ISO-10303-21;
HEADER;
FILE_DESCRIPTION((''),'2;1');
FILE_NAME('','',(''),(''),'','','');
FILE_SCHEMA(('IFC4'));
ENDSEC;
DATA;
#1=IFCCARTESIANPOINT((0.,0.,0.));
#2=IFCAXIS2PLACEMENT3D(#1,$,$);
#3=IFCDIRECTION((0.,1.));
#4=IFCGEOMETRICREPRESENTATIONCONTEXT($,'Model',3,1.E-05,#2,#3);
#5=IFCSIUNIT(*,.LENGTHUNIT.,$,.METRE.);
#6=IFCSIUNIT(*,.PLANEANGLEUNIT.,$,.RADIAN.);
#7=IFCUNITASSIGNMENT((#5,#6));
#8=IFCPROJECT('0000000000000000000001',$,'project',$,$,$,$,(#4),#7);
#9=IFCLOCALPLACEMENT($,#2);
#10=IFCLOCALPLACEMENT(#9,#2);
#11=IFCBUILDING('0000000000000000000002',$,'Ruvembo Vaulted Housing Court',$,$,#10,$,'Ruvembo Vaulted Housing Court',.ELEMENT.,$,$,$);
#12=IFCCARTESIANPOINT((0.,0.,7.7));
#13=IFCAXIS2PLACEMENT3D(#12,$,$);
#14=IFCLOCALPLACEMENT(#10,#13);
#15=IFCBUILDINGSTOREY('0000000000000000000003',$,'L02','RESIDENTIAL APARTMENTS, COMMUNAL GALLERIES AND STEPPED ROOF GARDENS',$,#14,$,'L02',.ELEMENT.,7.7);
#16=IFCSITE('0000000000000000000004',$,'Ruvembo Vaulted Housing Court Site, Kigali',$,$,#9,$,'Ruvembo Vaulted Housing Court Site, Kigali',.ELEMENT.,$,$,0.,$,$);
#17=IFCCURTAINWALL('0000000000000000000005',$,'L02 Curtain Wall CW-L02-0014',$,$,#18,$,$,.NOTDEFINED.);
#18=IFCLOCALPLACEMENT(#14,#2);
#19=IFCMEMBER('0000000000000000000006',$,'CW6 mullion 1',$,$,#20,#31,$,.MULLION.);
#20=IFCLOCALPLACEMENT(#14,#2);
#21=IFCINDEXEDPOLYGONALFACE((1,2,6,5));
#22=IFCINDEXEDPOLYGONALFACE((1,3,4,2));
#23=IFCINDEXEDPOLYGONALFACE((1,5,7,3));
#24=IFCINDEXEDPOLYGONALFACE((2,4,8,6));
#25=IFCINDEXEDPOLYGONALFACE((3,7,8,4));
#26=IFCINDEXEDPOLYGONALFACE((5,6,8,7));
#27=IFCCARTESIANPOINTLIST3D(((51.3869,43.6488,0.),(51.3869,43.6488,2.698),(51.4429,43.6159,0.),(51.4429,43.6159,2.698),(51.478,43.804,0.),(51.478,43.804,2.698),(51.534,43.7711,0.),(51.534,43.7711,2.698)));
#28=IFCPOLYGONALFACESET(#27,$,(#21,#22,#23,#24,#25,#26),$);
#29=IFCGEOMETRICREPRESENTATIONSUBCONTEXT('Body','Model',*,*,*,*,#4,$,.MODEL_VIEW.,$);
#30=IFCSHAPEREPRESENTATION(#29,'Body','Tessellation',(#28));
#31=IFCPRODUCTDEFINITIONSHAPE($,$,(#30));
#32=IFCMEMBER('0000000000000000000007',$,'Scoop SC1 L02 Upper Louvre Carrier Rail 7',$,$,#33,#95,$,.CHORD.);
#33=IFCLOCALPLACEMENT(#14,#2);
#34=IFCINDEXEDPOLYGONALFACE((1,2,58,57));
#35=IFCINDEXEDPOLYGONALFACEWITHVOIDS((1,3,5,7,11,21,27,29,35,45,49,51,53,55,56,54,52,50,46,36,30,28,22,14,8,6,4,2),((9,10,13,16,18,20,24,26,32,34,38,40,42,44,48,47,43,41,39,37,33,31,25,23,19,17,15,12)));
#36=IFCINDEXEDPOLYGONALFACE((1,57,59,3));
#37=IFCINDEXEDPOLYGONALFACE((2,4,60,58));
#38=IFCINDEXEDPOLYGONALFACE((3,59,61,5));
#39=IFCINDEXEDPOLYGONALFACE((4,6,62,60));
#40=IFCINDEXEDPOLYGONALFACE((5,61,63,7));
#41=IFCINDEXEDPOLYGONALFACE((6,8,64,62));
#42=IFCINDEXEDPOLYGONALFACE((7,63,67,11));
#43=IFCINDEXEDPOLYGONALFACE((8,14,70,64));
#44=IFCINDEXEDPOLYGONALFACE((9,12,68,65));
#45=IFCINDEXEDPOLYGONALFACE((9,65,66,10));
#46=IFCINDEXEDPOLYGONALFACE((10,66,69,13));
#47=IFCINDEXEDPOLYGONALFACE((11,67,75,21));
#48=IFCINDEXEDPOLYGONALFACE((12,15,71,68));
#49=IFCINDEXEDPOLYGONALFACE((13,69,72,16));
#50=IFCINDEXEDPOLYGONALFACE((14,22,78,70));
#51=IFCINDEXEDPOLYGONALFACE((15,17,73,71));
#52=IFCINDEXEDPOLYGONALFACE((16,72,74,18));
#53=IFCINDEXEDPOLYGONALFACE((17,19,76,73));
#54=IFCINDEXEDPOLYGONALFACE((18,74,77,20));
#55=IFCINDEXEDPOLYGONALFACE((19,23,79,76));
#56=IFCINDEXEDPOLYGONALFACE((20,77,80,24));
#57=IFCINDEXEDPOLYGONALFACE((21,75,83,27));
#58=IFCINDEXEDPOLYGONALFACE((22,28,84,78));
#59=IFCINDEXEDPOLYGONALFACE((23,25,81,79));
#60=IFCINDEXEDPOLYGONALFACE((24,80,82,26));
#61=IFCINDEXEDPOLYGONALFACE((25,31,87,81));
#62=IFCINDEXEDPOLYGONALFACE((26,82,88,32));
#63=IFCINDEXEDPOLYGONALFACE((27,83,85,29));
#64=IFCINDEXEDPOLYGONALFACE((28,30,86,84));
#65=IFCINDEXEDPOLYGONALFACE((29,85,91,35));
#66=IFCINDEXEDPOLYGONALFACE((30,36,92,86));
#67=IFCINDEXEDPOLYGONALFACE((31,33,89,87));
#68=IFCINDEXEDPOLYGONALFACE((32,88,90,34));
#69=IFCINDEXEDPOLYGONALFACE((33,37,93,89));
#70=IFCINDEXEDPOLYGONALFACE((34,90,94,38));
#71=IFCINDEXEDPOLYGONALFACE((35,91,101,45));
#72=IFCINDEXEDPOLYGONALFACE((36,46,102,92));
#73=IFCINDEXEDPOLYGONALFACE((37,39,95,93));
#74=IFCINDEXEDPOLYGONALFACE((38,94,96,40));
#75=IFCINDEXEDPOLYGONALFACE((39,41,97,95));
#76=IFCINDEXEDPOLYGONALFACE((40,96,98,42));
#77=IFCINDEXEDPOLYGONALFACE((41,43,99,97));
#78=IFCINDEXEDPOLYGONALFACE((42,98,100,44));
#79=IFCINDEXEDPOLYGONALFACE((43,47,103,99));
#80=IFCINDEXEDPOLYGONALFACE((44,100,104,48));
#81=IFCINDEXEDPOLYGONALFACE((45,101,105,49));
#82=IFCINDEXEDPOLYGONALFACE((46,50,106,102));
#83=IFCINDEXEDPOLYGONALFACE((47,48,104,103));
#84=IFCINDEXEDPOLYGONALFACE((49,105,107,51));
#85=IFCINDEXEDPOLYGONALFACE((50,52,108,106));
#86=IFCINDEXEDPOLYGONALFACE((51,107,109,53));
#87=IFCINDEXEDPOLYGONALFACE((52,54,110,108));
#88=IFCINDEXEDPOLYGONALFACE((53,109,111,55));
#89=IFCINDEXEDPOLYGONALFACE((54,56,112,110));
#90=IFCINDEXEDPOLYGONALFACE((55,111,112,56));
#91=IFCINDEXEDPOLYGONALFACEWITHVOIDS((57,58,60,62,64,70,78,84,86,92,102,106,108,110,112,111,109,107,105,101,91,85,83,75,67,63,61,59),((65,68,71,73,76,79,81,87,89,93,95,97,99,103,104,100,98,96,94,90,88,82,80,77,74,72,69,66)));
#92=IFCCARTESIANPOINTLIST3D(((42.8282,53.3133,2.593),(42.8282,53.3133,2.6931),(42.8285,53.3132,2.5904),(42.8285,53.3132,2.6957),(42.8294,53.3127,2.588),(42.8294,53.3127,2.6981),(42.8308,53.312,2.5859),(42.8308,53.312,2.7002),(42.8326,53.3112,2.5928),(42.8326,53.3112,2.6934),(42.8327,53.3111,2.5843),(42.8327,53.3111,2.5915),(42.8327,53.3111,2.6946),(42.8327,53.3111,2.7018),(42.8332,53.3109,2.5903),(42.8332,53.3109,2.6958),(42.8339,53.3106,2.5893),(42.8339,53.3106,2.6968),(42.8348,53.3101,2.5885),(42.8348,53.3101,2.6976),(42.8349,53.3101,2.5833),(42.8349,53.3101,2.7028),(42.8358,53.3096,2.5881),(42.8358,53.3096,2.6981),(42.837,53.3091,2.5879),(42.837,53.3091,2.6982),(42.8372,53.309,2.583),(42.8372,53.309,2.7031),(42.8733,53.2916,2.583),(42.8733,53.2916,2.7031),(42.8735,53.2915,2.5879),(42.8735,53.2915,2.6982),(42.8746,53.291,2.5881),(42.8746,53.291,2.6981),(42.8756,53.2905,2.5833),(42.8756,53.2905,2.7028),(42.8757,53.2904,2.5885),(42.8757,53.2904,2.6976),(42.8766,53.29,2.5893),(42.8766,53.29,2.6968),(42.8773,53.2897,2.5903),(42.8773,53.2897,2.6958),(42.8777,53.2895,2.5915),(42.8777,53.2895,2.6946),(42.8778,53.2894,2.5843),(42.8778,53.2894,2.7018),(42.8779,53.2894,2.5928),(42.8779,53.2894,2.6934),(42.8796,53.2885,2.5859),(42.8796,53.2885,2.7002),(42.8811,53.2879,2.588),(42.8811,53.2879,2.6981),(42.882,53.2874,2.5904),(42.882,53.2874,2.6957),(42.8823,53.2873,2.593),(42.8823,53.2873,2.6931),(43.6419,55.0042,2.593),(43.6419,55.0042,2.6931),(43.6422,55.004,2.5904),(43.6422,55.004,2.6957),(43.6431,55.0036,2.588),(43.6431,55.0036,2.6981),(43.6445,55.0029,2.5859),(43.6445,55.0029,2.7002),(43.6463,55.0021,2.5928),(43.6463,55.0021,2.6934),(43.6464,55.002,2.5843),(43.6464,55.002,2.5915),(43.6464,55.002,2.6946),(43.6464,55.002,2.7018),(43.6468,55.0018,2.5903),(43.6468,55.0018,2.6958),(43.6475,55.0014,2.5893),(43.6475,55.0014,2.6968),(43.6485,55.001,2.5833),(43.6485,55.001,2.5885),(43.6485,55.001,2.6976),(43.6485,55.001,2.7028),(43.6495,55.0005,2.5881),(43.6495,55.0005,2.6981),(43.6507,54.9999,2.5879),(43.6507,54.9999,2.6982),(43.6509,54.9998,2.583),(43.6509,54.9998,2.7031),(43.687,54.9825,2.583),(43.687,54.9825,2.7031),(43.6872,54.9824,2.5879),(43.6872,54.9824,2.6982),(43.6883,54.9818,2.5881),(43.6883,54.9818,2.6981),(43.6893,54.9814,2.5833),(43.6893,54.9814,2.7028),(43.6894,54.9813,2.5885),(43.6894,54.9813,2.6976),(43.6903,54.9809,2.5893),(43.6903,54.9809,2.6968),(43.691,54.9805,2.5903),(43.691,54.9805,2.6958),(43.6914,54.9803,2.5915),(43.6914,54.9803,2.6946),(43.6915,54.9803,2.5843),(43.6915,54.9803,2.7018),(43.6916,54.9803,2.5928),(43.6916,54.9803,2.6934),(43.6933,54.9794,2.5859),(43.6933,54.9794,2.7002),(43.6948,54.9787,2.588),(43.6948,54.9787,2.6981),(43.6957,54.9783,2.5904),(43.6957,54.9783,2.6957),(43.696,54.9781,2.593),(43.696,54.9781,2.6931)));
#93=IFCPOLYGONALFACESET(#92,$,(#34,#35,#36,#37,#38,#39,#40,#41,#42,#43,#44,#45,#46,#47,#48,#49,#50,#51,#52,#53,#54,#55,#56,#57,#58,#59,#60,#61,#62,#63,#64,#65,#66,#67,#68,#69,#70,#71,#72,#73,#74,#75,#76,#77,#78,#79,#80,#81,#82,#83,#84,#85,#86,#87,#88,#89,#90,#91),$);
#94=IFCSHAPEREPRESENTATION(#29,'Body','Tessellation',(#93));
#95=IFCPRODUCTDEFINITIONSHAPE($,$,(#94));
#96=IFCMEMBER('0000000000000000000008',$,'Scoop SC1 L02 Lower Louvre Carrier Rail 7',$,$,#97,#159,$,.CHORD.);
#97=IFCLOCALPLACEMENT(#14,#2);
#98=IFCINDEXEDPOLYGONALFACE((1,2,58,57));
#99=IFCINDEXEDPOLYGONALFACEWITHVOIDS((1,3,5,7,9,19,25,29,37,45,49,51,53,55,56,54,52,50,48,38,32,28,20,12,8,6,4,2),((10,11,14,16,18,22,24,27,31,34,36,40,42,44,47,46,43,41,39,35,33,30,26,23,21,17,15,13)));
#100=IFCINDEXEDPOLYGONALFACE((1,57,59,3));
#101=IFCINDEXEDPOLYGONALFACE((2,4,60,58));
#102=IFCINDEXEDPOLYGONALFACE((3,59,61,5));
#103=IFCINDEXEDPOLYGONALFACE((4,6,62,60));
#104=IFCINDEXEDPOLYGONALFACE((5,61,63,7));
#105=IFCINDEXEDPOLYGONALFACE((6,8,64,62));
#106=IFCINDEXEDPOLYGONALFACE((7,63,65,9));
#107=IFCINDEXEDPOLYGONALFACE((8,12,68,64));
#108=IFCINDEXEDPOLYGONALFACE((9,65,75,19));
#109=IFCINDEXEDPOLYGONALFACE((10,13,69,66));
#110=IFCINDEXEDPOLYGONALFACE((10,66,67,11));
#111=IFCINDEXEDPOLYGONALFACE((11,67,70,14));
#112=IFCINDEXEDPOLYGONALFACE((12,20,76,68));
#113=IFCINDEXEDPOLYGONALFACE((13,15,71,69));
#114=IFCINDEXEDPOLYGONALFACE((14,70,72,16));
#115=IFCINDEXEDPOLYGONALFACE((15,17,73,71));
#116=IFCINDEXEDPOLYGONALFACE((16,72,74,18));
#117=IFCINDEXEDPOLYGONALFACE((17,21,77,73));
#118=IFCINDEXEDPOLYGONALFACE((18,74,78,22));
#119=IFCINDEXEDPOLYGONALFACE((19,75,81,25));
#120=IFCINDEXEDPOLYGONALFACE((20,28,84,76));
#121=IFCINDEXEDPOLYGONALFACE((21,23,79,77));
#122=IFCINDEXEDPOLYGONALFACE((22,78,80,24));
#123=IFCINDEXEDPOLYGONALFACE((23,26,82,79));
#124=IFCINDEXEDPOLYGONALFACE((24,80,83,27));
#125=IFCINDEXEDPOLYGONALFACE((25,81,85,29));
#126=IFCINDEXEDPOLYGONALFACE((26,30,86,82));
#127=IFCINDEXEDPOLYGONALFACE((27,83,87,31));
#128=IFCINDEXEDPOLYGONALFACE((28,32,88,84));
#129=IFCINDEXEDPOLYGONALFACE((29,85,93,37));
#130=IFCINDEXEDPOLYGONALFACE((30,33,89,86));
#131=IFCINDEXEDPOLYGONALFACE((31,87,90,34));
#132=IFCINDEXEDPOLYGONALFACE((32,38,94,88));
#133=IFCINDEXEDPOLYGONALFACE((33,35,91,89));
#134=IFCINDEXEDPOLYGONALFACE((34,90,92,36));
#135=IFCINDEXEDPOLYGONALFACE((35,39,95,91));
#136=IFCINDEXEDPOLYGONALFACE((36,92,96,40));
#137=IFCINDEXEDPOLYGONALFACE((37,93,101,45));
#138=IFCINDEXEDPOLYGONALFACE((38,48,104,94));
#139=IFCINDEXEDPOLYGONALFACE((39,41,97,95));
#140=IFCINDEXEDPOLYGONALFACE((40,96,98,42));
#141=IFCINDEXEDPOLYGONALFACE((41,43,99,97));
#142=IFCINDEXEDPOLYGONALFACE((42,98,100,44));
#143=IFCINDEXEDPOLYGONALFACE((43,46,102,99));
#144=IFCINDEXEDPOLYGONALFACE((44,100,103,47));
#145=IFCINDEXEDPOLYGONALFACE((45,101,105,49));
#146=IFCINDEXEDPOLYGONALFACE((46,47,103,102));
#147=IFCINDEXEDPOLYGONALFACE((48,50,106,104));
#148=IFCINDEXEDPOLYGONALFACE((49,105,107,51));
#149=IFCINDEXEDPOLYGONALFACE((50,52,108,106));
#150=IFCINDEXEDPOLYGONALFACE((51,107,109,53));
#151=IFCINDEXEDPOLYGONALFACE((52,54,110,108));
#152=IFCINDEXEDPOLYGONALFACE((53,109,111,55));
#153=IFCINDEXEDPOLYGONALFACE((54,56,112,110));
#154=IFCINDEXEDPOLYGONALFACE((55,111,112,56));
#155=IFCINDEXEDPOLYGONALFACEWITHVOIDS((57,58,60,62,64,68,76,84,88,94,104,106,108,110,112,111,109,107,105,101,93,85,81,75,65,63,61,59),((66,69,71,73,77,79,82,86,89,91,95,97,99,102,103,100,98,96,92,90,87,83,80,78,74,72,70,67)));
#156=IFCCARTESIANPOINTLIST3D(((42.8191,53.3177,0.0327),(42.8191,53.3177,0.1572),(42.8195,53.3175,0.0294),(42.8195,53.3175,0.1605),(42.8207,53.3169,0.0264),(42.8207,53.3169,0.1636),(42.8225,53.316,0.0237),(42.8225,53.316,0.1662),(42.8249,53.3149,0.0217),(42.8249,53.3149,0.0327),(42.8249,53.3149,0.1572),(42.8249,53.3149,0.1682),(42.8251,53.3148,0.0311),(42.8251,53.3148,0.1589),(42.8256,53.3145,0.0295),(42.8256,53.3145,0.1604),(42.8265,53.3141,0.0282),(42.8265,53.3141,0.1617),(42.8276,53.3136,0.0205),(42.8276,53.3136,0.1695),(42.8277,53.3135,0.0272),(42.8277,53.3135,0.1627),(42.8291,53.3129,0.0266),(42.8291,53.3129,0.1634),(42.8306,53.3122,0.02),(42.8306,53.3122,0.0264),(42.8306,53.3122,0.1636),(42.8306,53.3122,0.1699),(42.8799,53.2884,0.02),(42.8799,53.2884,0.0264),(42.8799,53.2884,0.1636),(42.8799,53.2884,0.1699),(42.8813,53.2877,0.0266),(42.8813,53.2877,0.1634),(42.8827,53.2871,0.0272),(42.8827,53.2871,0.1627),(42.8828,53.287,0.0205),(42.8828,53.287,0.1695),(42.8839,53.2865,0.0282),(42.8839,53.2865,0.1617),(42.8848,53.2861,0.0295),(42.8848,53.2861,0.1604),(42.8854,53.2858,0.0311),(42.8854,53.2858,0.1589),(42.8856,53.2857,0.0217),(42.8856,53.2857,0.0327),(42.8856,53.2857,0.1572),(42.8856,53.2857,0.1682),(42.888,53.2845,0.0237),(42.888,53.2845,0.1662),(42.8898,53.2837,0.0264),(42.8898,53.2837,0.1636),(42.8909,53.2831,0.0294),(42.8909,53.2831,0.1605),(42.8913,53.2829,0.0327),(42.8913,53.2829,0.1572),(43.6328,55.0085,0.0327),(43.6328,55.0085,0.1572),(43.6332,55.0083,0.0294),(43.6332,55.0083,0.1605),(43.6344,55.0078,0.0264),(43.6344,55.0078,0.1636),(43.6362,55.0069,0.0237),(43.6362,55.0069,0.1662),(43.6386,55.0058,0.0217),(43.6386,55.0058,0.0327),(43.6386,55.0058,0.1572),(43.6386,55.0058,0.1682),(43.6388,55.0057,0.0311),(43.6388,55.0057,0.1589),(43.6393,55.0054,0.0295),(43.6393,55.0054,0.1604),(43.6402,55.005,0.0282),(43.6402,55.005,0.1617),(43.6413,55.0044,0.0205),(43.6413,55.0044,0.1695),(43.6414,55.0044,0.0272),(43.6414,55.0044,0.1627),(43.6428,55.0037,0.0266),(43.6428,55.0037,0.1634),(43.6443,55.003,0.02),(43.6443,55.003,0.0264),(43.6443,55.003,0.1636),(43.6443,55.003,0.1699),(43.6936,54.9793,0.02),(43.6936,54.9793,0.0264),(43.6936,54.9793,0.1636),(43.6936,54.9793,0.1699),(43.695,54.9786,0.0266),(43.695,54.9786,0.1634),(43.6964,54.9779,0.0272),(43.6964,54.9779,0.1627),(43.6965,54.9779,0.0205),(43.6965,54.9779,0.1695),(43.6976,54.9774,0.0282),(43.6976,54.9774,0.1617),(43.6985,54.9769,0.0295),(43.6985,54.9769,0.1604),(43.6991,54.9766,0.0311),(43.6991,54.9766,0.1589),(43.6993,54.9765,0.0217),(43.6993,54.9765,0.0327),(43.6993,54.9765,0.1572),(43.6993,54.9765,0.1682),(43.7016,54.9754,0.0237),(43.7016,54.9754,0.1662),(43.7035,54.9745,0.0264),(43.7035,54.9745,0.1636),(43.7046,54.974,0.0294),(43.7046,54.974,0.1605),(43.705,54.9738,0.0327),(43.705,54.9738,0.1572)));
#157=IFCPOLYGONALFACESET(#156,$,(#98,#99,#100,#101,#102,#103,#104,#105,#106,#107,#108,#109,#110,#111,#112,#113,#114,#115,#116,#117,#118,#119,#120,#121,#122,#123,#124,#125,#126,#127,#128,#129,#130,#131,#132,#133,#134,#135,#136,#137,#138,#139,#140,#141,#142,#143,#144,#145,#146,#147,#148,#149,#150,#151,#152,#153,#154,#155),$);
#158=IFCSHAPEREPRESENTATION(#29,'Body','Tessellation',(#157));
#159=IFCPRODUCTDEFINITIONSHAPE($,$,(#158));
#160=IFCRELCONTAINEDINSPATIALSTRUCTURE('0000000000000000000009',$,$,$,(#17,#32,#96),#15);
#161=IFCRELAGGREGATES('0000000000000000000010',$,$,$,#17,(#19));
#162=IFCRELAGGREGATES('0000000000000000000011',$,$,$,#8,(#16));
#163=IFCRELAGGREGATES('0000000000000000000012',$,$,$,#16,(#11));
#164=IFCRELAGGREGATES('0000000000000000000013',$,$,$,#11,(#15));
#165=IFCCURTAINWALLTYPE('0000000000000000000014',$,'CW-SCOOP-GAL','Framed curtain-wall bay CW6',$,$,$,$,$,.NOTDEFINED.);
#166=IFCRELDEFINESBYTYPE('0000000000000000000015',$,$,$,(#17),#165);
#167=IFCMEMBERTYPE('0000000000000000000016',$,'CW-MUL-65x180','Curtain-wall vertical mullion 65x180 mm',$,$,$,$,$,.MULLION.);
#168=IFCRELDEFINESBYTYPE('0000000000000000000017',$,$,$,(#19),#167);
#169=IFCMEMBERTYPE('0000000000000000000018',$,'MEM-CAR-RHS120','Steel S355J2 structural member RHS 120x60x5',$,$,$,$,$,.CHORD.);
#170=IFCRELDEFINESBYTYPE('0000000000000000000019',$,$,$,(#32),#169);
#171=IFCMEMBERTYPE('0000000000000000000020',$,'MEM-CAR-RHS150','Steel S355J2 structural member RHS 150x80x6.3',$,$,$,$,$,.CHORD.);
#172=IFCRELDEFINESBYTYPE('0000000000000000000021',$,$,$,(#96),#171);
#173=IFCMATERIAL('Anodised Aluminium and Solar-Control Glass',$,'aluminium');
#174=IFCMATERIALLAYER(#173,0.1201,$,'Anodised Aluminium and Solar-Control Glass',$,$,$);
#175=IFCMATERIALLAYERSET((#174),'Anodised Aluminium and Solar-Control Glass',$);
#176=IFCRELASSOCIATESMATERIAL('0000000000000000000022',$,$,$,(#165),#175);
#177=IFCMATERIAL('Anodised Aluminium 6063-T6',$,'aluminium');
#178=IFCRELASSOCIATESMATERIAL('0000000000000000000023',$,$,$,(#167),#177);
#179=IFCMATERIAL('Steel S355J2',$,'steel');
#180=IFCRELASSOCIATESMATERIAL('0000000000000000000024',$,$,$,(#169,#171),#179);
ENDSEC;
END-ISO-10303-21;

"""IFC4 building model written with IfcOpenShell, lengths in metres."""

from ifc_helpers import new_model, si_unit, direction, frame, origin, origin_2d, place, context, subcontext, project, spatial, rectangle, hollow_rectangle, extrude, material, layer, layer_set, material_profile, profile_set, type_object, element, aggregate, save


model = new_model("IFC4")

# Units and contexts
model_context = context("Model", 3, precision=1e-05, world=origin(), true_north=direction((0.0, 1.0)))
body_context = subcontext(model_context, "Body", "Model", "MODEL_VIEW")
ifc_project = project(units=[si_unit("LENGTHUNIT", "METRE"), si_unit("PLANEANGLEUNIT", "RADIAN")], contexts=[model_context])

# Site, building, storey
site_placement = place(None, origin())
site = spatial("IfcSite", under=ifc_project, at=site_placement, Name="Ruvembo Vaulted Housing Court Site, Kigali", LongName="Ruvembo Vaulted Housing Court Site, Kigali", CompositionType="ELEMENT", RefElevation=0.0)
building_placement = place(site_placement, origin())
building = spatial("IfcBuilding", under=site, at=building_placement, Name="Ruvembo Vaulted Housing Court", LongName="Ruvembo Vaulted Housing Court", CompositionType="ELEMENT")
storey_placement = place(building_placement, frame((0.0, 0.0, 7.7)))
storey = spatial("IfcBuildingStorey", under=building, at=storey_placement, Name="L02", Description="RESIDENTIAL APARTMENTS, COMMUNAL GALLERIES AND STEPPED ROOF GARDENS", LongName="L02", CompositionType="ELEMENT", Elevation=7.7)

# Shared definitions
ifc_material_1 = material(Name="Steel S355J2", Category="steel")

# Curtain wall, member
ifc_material_2 = material(Name="Anodised Aluminium and Solar-Control Glass", Category="aluminium")
ifc_layer_1 = layer(ifc_material_2, 0.1201, Name="Anodised Aluminium and Solar-Control Glass")
ifc_layer_set_1 = layer_set([ifc_layer_1], Name="Anodised Aluminium and Solar-Control Glass")
curtain_wall_type = type_object("IfcCurtainWallType", Name="CW-SCOOP-GAL", Description="Framed curtain-wall bay CW6", PredefinedType="NOTDEFINED", material=ifc_layer_set_1)
curtain_wall_placement = place(storey_placement, origin())
curtain_wall = element("IfcCurtainWall", 1, at=curtain_wall_placement, inside=storey, type_object=curtain_wall_type, Name="L02 Curtain Wall CW-L02-0014", PredefinedType="NOTDEFINED")
ifc_material_3 = material(Name="Anodised Aluminium 6063-T6", Category="aluminium")
ifc_material_profile_1 = material_profile(ifc_material_3, rectangle(XDim=0.0649, YDim=0.1799, at=origin_2d()), Name="ALU 65x180")
ifc_profile_set_1 = profile_set([ifc_material_profile_1], Name="Anodised Aluminium 6063-T6")
member_type_1 = type_object("IfcMemberType", Name="CW-MUL-65x180", Description="Curtain-wall vertical mullion 65x180 mm", PredefinedType="MULLION", material=ifc_profile_set_1)
member_1_placement = place(storey_placement, frame((51.4604, 43.71, 0.0), z_axis=(0.0, 0.0, 1.0), x_axis=(-0.862606, 0.505877, 0.0)))
member_1 = element("IfcMember", 2, at=member_1_placement, type_object=member_type_1, Name="CW6 mullion 1", PredefinedType="MULLION", context=body_context, shape_type="SweptSolid", body=[
    extrude(rectangle(XDim=0.0649, YDim=0.1799, at=origin_2d()), origin(), (0.0, 0.0, 1.0), 2.698),
])
aggregate(curtain_wall, [member_1])

# Members
ifc_material_profile_2 = material_profile(ifc_material_1, hollow_rectangle(XDim=0.0601, YDim=0.1201, WallThickness=0.0049, InnerFilletRadius=0.0049, OuterFilletRadius=0.01, at=origin_2d()), Name="RHS 120x60x5")
ifc_profile_set_2 = profile_set([ifc_material_profile_2], Name="Steel S355J2")
member_type_2 = type_object("IfcMemberType", Name="MEM-CAR-RHS120", Description="Steel S355J2 structural member RHS 120x60x5", PredefinedType="CHORD", material=ifc_profile_set_2)
member_2_placement = place(storey_placement, frame((42.8552, 53.3003, 2.6431), z_axis=(0.433632, 0.90109, 0.0), x_axis=(-0.90109, 0.433632, 0.0)))
element("IfcMember", 3, at=member_2_placement, inside=storey, type_object=member_type_2, Name="Scoop SC1 L02 Upper Louvre Carrier Rail 7", PredefinedType="CHORD", context=body_context, shape_type="SweptSolid", body=[
    extrude(hollow_rectangle(XDim=0.0601, YDim=0.1201, WallThickness=0.0049, InnerFilletRadius=0.0049, OuterFilletRadius=0.01, at=origin_2d()), origin(), (0.0, 0.0, 1.0), 1.8765),
])
ifc_material_profile_3 = material_profile(ifc_material_1, hollow_rectangle(XDim=0.0801, YDim=0.1499, WallThickness=0.0063, InnerFilletRadius=0.0063, OuterFilletRadius=0.0127, at=origin_2d()), Name="RHS 150x80x6.3")
ifc_profile_set_3 = profile_set([ifc_material_profile_3], Name="Steel S355J2")
member_type_3 = type_object("IfcMemberType", Name="MEM-CAR-RHS150", Description="Steel S355J2 structural member RHS 150x80x6.3", PredefinedType="CHORD", material=ifc_profile_set_3)
member_3_placement = place(storey_placement, frame((42.8552, 53.3003, 0.095), z_axis=(0.433632, 0.90109, 0.0), x_axis=(-0.90109, 0.433632, 0.0)))
element("IfcMember", 4, at=member_3_placement, inside=storey, type_object=member_type_3, Name="Scoop SC1 L02 Lower Louvre Carrier Rail 7", PredefinedType="CHORD", context=body_context, shape_type="SweptSolid", body=[
    extrude(hollow_rectangle(XDim=0.0801, YDim=0.1499, WallThickness=0.0063, InnerFilletRadius=0.0063, OuterFilletRadius=0.0127, at=origin_2d()), origin(), (0.0, 0.0, 1.0), 1.8765),
])

save(model, "model.ifc")
